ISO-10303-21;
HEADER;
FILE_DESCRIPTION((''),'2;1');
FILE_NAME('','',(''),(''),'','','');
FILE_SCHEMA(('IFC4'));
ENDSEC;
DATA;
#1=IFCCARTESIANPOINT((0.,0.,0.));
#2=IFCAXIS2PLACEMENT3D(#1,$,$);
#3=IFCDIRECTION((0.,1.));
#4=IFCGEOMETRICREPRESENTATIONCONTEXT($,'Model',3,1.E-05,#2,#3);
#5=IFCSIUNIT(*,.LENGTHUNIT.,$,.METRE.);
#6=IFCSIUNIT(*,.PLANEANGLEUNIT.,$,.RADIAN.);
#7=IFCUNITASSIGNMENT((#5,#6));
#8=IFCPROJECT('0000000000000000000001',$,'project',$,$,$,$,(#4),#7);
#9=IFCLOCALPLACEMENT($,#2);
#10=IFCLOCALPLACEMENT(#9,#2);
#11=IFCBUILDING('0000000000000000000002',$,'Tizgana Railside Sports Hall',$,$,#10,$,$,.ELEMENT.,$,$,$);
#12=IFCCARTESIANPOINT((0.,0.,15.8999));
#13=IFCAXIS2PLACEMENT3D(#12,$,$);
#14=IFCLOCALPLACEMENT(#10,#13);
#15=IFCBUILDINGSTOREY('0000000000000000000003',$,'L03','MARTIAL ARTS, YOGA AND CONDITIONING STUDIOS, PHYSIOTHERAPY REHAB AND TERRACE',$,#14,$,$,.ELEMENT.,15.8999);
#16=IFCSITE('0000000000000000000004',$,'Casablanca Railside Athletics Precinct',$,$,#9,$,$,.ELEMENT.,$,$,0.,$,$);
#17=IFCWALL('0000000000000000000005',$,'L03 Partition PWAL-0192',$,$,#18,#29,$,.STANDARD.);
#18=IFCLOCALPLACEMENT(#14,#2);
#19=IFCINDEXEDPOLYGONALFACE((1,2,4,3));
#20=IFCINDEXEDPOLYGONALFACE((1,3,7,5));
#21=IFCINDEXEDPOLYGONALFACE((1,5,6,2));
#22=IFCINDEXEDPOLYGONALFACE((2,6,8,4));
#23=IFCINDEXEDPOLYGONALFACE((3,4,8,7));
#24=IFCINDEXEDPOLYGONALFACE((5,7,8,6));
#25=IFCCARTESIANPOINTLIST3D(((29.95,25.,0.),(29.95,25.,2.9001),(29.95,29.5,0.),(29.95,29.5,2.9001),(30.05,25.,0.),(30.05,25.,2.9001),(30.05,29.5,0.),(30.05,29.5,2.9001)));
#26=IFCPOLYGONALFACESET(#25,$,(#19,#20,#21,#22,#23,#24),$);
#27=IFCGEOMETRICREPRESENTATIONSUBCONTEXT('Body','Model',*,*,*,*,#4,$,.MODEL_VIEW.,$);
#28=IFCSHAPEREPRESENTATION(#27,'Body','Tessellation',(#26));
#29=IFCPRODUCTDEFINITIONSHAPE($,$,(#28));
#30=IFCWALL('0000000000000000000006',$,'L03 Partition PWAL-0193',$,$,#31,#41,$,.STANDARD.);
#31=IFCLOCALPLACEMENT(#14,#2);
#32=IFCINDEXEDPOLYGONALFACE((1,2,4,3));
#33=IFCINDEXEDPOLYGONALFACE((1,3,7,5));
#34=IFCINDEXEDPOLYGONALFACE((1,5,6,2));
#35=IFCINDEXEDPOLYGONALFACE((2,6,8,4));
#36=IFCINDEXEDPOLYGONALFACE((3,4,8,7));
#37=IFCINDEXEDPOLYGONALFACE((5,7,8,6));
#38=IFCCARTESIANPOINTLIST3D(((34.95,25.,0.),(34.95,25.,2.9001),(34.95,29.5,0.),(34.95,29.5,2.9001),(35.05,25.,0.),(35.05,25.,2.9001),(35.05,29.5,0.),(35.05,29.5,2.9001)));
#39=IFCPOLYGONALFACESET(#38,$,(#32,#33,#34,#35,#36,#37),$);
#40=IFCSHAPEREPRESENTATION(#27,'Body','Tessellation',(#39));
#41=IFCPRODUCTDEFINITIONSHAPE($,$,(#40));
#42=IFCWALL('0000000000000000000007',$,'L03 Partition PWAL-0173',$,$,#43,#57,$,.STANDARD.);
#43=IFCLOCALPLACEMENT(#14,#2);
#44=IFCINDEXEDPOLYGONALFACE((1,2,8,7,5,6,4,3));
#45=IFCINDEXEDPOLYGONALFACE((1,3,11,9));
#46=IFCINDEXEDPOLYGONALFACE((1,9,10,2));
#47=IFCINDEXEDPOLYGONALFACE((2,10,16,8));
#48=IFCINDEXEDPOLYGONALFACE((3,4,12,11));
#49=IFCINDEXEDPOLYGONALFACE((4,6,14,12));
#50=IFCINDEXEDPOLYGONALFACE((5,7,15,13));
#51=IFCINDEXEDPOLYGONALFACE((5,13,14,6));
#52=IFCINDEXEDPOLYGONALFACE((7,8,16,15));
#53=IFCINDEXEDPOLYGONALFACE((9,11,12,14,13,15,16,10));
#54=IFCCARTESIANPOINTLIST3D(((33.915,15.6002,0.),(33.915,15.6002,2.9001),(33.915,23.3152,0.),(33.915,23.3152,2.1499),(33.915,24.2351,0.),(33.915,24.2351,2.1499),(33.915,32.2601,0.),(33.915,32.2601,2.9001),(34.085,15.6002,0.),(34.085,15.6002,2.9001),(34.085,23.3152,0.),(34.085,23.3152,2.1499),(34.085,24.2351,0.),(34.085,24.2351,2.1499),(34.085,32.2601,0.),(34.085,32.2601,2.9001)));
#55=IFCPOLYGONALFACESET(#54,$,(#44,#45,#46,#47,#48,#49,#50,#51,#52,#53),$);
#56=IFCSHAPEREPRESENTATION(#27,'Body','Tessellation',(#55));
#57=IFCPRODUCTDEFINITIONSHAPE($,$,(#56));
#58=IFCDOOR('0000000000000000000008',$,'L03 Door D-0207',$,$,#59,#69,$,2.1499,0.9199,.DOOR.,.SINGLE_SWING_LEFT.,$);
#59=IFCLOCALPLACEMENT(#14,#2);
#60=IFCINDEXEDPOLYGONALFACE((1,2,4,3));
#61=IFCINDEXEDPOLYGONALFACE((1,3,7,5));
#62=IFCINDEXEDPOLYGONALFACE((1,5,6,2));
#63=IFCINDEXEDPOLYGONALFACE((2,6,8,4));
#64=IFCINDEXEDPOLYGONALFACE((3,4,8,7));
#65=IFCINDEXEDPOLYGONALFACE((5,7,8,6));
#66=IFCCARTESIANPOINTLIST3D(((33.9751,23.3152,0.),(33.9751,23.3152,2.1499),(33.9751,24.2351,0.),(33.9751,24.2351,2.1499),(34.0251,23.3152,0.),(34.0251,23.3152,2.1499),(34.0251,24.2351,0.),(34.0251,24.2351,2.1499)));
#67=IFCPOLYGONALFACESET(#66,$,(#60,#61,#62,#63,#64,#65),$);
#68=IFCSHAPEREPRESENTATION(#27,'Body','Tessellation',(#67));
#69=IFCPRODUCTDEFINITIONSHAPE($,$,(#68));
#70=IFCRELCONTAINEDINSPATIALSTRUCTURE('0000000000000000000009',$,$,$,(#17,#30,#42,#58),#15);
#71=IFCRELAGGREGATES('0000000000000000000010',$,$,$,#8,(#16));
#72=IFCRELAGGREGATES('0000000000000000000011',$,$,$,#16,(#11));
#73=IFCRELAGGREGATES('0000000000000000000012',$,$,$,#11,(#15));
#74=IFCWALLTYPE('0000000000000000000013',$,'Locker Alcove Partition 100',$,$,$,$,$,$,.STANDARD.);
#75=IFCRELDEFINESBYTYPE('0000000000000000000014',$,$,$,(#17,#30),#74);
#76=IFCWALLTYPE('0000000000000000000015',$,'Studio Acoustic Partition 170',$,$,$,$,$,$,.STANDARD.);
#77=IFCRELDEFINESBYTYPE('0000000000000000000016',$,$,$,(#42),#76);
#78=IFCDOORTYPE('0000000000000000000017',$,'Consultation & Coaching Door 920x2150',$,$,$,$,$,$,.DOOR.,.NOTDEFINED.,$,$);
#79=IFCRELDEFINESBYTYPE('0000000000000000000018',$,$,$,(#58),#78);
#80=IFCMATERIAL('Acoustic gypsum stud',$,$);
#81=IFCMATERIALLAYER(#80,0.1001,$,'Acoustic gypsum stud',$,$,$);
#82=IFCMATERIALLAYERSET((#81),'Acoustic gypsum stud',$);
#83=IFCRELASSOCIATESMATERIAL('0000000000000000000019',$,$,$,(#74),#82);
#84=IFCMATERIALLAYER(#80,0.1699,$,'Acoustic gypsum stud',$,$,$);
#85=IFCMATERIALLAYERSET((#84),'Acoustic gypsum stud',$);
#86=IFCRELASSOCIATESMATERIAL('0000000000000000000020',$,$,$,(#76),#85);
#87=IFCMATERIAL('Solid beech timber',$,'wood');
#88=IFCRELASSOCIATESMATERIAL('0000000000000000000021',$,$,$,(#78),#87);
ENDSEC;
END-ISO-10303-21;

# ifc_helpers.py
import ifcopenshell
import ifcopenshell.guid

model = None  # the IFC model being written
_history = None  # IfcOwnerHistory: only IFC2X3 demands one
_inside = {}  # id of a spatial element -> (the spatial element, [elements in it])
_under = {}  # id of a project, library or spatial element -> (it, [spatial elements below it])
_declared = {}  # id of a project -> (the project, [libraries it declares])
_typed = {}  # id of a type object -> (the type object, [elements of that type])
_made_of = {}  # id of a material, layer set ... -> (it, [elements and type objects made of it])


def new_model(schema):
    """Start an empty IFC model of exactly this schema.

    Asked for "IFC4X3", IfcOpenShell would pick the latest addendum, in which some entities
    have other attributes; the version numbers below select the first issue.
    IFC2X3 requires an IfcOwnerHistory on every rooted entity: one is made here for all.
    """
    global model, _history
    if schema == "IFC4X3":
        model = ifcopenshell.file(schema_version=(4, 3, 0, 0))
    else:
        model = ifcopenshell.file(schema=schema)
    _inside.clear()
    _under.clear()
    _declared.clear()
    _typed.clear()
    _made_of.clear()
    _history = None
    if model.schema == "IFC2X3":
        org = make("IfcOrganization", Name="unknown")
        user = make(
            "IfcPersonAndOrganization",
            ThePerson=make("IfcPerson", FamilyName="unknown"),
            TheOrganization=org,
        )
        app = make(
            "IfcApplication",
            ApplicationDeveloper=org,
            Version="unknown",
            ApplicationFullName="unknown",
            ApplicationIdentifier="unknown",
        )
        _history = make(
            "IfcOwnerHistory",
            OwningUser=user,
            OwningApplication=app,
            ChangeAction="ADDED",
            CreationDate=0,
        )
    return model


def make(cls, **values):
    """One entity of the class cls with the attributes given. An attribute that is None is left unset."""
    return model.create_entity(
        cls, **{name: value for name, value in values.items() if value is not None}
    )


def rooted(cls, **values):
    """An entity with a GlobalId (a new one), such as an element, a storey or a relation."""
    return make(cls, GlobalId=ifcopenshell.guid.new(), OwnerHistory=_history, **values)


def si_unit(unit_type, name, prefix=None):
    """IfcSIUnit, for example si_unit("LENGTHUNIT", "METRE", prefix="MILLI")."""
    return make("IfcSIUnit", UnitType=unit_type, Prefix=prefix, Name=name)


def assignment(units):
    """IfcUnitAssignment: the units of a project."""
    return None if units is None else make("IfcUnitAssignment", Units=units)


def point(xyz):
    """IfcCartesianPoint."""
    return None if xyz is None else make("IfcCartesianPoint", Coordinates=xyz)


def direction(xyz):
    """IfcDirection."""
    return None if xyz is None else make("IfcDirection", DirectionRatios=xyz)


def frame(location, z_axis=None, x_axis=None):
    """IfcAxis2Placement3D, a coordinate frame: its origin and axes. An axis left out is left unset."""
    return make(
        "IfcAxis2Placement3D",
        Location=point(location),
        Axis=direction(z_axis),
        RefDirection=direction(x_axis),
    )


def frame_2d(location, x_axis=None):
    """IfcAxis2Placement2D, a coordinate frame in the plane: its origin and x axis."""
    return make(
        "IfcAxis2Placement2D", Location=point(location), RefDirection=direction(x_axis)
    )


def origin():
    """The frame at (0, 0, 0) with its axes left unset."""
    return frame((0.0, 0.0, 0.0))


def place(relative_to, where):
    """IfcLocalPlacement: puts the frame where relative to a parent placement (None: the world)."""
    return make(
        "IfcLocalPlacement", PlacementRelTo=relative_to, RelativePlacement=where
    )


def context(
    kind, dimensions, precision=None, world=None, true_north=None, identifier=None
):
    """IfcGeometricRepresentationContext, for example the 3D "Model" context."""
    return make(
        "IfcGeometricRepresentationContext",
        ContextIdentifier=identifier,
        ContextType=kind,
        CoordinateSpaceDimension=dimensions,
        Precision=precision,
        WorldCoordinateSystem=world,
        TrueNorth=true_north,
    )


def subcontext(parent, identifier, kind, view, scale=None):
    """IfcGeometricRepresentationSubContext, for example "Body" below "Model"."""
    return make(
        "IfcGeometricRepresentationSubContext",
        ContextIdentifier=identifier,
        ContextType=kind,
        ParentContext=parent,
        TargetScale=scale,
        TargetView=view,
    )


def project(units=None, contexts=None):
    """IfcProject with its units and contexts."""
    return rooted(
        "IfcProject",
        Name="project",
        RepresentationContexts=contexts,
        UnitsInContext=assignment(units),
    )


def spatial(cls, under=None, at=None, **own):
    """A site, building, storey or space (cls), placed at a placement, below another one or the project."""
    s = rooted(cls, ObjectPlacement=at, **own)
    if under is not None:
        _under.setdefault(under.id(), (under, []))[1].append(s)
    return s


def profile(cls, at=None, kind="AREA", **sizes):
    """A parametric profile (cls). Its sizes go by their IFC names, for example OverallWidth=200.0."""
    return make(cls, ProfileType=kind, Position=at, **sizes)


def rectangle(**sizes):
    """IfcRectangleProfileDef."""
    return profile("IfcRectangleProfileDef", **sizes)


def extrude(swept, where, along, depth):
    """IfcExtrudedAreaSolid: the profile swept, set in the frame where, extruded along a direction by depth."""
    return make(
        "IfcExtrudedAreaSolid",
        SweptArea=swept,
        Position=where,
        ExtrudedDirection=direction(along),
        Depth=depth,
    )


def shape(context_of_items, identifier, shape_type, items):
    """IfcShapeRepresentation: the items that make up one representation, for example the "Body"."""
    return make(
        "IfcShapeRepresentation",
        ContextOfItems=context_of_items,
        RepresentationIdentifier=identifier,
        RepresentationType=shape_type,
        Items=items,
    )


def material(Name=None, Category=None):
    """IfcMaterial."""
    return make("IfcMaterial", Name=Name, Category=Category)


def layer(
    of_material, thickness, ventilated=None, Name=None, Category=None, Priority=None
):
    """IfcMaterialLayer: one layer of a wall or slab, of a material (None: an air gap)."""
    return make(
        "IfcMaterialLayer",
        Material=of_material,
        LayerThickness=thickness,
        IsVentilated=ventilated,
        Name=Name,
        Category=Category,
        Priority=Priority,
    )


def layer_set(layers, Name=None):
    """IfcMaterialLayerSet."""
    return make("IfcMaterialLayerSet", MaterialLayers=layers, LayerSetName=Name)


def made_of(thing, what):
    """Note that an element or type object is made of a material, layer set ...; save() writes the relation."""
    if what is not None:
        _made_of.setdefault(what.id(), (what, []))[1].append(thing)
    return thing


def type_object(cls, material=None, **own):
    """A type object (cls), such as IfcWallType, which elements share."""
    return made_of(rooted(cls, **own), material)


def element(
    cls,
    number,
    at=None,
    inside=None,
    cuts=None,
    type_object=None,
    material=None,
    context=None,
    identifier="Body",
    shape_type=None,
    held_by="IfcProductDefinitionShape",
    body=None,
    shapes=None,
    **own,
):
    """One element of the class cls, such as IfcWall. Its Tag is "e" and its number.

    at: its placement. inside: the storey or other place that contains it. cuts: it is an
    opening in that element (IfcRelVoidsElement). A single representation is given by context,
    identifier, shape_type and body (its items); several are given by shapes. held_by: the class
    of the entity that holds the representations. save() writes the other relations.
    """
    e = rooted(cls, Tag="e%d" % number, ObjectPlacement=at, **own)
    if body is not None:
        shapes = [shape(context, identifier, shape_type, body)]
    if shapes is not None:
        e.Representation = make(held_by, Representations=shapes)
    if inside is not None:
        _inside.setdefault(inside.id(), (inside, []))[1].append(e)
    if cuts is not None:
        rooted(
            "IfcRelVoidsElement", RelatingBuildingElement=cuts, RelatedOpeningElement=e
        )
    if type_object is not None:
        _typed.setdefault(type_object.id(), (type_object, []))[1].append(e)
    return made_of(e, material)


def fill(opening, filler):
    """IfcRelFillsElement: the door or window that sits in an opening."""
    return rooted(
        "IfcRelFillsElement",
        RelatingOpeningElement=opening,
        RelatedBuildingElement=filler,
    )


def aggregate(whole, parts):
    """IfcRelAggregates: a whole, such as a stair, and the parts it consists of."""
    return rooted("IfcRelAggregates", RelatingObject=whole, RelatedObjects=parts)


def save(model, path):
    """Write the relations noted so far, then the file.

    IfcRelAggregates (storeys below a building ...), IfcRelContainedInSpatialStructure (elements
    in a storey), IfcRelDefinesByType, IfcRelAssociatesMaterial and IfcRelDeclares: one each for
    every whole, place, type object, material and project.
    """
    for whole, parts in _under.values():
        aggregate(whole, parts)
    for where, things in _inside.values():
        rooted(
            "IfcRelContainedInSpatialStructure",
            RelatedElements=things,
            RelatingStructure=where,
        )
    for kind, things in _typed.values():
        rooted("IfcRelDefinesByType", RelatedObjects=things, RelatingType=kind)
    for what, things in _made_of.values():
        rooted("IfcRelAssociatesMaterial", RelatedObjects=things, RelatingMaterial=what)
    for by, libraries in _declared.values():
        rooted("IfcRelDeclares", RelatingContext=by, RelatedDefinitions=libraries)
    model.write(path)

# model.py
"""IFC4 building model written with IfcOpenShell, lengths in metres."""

from ifc_helpers import new_model, si_unit, direction, frame, frame_2d, origin, place, context, subcontext, project, spatial, rectangle, extrude, material, layer, layer_set, type_object, element, fill, save


model = new_model("IFC4")

# Units and contexts
model_context = context("Model", 3, precision=1e-05, world=origin(), true_north=direction((0.0, 1.0)))
body_context = subcontext(model_context, "Body", "Model", "MODEL_VIEW")
ifc_project = project(units=[si_unit("LENGTHUNIT", "METRE"), si_unit("PLANEANGLEUNIT", "RADIAN")], contexts=[model_context])

# Site, building, storey
site_placement = place(None, origin())
site = spatial("IfcSite", under=ifc_project, at=site_placement, Name="Casablanca Railside Athletics Precinct", CompositionType="ELEMENT", RefElevation=0.0)
building_placement = place(site_placement, origin())
building = spatial("IfcBuilding", under=site, at=building_placement, Name="Tizgana Railside Sports Hall", CompositionType="ELEMENT")
storey_placement = place(building_placement, frame((0.0, 0.0, 15.8999)))
storey = spatial("IfcBuildingStorey", under=building, at=storey_placement, Name="L03", Description="MARTIAL ARTS, YOGA AND CONDITIONING STUDIOS, PHYSIOTHERAPY REHAB AND TERRACE", CompositionType="ELEMENT", Elevation=15.8999)

# Shared definitions
ifc_material_1 = material(Name="Acoustic gypsum stud")
ifc_material_2 = material(Name="Solid beech timber", Category="wood")

# Walls
ifc_layer_1 = layer(ifc_material_1, 0.1001, Name="Acoustic gypsum stud")
ifc_layer_set_1 = layer_set([ifc_layer_1], Name="Acoustic gypsum stud")
wall_type_1 = type_object("IfcWallType", Name="Locker Alcove Partition 100", PredefinedType="STANDARD", material=ifc_layer_set_1)
for number, where, z_axis, x_axis, name in (
    (1, (30.0, 25.0, 0.0), (0.0, 0.0, 1.0), (0.0, 1.0, 0.0), "L03 Partition PWAL-0192"),
    (2, (35.0, 25.0, 0.0), (0.0, 0.0, 1.0), (0.0, 1.0, 0.0), "L03 Partition PWAL-0193"),
):
    element("IfcWall", number, at=place(storey_placement, frame(where, z_axis=z_axis, x_axis=x_axis)), inside=storey, type_object=wall_type_1, Name=name, PredefinedType="STANDARD", context=body_context, shape_type="SweptSolid", body=[
        extrude(rectangle(XDim=4.5, YDim=0.1001, at=frame_2d((2.25, 0.0))), origin(), (0.0, 0.0, 1.0), 2.9001),
    ])

# Wall, opening, door
ifc_layer_2 = layer(ifc_material_1, 0.1699, Name="Acoustic gypsum stud")
ifc_layer_set_2 = layer_set([ifc_layer_2], Name="Acoustic gypsum stud")
wall_type_2 = type_object("IfcWallType", Name="Studio Acoustic Partition 170", PredefinedType="STANDARD", material=ifc_layer_set_2)
wall_1_placement = place(storey_placement, frame((34.0, 15.6001, 0.0), z_axis=(0.0, 0.0, 1.0), x_axis=(0.0, 1.0, 0.0)))
wall_1 = element("IfcWall", 3, at=wall_1_placement, inside=storey, type_object=wall_type_2, Name="L03 Partition PWAL-0173", PredefinedType="STANDARD", context=body_context, shape_type="SweptSolid", body=[
    extrude(rectangle(XDim=16.6599, YDim=0.1699, at=frame_2d((8.3301, 0.0))), origin(), (0.0, 0.0, 1.0), 2.9001),
])
opening_1_placement = place(wall_1_placement, frame((7.7151, 0.0, 0.0)))
opening_1 = element("IfcOpeningElement", 4, at=opening_1_placement, cuts=wall_1, PredefinedType="OPENING", context=body_context, shape_type="SweptSolid", body=[
    extrude(rectangle(XDim=0.9199, YDim=2.1499, at=frame_2d((0.46, 1.075))), frame((0.0, 0.095, 0.0), z_axis=(0.0, -1.0, 0.0), x_axis=(1.0, 0.0, 0.0)), (0.0, 0.0, 1.0), 0.1899),
])
door_type_1 = type_object("IfcDoorType", Name="Consultation & Coaching Door 920x2150", OperationType="NOTDEFINED", PredefinedType="DOOR", material=ifc_material_2)
door_1_placement = place(opening_1_placement, origin())
door_1 = element("IfcDoor", 5, at=door_1_placement, inside=storey, type_object=door_type_1, Name="L03 Door D-0207", OperationType="SINGLE_SWING_LEFT", OverallHeight=2.1499, OverallWidth=0.9199, PredefinedType="DOOR", context=body_context, shape_type="SweptSolid", body=[
    extrude(rectangle(XDim=0.9199, YDim=2.1499, at=frame_2d((0.46, 1.075))), frame((0.0, 0.0249, 0.0), z_axis=(0.0, -1.0, 0.0), x_axis=(1.0, 0.0, 0.0)), (0.0, 0.0, 1.0), 0.05),
])
fill(opening_1, door_1)

save(model, "model.ifc")
